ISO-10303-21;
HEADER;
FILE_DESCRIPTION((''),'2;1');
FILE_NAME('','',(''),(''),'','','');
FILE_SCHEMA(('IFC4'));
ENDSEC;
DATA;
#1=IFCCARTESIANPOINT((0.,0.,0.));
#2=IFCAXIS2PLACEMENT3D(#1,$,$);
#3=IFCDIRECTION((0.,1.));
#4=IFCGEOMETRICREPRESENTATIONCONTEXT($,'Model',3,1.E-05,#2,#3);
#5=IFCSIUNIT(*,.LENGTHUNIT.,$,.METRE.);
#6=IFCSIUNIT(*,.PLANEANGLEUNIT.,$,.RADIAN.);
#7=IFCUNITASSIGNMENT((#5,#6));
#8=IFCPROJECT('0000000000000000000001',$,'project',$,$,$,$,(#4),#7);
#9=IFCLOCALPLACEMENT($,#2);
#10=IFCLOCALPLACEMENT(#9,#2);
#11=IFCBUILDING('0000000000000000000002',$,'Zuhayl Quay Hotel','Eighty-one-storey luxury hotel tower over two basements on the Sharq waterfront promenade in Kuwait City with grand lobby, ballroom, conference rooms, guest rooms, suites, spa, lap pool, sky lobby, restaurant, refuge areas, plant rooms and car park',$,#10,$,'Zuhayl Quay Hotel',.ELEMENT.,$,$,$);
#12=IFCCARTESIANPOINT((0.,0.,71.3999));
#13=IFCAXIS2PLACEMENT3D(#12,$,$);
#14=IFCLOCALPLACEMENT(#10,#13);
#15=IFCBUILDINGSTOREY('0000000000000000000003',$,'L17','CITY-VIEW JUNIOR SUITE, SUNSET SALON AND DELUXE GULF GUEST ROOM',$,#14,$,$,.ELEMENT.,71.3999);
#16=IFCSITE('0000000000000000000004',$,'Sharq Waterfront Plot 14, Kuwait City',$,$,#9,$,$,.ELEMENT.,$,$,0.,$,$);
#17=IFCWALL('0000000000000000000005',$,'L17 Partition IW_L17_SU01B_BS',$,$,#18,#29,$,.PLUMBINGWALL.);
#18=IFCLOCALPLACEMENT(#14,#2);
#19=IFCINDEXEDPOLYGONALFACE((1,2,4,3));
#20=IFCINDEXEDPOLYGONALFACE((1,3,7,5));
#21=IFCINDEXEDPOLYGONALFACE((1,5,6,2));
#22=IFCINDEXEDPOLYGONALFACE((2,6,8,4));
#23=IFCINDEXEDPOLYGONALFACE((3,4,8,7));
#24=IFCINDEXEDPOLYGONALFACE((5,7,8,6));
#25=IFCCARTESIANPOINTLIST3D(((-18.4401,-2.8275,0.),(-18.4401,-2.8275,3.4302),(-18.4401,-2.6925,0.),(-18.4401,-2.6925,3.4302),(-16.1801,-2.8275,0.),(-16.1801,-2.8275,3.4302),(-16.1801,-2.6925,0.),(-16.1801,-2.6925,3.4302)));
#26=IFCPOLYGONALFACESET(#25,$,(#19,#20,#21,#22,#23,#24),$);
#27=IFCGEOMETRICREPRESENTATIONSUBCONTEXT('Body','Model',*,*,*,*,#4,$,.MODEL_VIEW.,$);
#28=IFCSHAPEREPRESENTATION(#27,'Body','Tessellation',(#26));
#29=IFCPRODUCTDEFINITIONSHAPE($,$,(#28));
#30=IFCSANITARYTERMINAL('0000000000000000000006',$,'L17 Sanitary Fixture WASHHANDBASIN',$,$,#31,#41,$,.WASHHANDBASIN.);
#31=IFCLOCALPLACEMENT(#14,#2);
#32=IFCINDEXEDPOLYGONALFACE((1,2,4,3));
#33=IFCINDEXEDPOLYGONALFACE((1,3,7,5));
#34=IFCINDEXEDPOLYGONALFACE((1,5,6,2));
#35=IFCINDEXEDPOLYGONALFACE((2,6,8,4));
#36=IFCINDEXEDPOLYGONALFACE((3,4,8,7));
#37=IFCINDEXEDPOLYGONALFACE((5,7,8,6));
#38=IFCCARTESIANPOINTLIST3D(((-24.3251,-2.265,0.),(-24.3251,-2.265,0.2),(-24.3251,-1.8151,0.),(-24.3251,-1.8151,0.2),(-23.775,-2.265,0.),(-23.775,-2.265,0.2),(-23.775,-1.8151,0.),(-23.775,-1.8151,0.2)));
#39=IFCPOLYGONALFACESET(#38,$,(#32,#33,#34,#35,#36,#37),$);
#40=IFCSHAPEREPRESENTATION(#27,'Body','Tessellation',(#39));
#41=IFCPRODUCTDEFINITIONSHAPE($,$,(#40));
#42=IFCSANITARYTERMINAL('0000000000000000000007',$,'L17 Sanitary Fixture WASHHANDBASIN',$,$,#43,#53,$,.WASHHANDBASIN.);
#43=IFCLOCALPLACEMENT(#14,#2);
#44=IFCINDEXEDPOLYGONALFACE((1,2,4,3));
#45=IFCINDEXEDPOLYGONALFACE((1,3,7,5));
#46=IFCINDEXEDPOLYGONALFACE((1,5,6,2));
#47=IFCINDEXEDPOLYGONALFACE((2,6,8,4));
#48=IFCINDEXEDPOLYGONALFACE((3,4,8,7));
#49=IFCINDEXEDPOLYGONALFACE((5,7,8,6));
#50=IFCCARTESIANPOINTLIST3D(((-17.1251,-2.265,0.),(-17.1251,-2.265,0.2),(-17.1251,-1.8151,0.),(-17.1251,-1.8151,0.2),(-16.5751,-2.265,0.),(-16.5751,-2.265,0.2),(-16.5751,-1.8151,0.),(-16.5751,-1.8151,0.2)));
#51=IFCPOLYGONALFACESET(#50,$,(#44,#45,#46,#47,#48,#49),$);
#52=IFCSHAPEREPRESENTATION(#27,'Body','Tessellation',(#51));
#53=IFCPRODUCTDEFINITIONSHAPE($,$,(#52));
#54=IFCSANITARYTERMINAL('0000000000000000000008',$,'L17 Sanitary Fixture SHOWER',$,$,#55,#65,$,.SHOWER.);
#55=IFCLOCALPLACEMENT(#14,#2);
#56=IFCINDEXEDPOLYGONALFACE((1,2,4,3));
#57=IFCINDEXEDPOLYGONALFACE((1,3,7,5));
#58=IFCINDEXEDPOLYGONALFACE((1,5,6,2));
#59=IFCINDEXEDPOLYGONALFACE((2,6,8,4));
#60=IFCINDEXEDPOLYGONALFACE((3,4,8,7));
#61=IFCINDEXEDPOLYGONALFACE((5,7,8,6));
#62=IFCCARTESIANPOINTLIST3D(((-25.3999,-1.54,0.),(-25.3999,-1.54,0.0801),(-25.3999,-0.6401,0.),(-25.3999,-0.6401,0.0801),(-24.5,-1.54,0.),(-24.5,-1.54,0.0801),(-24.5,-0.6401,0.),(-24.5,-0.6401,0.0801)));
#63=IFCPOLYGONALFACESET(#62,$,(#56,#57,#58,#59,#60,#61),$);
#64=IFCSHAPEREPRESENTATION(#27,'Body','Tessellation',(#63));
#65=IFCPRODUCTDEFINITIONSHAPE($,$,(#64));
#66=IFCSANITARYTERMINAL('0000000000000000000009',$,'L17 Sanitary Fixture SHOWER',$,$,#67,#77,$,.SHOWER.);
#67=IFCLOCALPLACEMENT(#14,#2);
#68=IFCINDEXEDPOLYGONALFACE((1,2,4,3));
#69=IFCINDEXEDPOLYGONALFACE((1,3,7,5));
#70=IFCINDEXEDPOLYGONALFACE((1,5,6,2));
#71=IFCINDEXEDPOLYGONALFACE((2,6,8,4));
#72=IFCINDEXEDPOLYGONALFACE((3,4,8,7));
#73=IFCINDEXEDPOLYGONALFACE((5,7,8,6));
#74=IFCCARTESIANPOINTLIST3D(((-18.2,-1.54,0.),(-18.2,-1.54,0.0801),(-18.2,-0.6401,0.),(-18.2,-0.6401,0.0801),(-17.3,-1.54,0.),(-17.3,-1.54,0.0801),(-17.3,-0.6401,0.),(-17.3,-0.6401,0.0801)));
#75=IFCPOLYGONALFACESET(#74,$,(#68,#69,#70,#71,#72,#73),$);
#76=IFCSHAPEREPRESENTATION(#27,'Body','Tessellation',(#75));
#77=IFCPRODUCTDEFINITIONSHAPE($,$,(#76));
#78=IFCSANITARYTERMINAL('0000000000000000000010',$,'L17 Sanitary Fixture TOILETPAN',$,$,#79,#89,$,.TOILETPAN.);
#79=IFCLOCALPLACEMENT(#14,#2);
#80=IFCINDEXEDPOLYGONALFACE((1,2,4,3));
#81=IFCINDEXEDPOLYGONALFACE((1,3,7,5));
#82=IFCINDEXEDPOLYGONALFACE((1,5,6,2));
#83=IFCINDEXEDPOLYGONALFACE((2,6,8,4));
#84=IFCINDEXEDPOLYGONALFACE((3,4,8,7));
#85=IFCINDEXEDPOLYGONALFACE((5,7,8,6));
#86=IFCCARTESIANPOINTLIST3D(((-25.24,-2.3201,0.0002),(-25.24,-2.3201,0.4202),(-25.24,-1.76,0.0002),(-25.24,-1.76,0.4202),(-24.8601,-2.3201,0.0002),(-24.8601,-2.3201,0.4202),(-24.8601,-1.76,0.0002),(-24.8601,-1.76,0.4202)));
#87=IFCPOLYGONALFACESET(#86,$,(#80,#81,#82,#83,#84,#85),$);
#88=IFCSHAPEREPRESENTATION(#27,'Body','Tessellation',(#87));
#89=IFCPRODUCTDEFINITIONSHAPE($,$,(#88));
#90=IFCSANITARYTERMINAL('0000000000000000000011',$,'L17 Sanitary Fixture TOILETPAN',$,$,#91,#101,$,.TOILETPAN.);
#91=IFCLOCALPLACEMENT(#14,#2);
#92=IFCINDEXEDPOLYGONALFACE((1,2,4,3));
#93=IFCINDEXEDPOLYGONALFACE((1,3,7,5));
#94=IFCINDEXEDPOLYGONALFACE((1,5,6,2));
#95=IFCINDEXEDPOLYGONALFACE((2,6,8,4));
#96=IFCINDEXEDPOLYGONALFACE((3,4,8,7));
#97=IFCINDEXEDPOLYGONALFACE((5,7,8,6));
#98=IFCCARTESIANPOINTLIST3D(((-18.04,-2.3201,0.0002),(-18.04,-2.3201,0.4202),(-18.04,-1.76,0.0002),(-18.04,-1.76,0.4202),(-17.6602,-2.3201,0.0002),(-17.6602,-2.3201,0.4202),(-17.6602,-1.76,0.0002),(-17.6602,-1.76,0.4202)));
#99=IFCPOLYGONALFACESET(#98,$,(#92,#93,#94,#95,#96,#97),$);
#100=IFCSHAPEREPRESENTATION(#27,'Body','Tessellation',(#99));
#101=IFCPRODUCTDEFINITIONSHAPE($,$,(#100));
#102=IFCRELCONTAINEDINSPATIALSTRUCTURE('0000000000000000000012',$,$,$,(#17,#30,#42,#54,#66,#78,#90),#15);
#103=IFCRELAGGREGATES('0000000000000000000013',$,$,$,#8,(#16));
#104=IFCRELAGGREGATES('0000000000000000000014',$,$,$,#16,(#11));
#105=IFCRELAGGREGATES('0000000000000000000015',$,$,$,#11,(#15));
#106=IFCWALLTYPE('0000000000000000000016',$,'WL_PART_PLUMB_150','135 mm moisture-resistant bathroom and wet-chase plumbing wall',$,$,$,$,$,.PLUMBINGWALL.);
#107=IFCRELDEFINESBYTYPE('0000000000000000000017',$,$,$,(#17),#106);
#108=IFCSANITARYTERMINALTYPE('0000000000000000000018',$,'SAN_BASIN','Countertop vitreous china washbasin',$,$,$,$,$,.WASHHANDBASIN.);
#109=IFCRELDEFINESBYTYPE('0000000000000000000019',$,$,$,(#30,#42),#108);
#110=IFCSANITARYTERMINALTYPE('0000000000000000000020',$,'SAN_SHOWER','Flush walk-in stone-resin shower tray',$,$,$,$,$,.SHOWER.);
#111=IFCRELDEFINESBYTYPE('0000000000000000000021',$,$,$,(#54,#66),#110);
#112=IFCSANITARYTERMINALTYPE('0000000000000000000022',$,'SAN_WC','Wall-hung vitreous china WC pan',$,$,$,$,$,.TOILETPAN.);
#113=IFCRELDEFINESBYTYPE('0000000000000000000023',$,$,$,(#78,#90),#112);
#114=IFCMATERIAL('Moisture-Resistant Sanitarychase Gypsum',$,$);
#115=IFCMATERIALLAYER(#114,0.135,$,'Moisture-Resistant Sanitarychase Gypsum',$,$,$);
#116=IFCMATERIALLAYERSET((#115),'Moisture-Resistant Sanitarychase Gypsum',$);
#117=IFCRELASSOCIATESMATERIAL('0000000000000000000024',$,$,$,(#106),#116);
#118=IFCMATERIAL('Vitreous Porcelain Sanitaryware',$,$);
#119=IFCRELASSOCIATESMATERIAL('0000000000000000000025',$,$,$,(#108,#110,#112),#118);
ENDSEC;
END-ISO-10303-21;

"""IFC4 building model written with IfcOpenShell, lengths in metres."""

from ifc_helpers import new_model, si_unit, direction, frame, frame_2d, origin, origin_2d, place, context, subcontext, project, spatial, rectangle, extrude, material, layer, layer_set, type_object, element, save


model = new_model("IFC4")

# Units and contexts
model_context = context("Model", 3, precision=1e-05, world=origin(), true_north=direction((0.0, 1.0)))
body_context = subcontext(model_context, "Body", "Model", "MODEL_VIEW")
ifc_project = project(units=[si_unit("LENGTHUNIT", "METRE"), si_unit("PLANEANGLEUNIT", "RADIAN")], contexts=[model_context])

# Site, building, storey
site_placement = place(None, origin())
site = spatial("IfcSite", under=ifc_project, at=site_placement, Name="Sharq Waterfront Plot 14, Kuwait City", CompositionType="ELEMENT", RefElevation=0.0)
building_placement = place(site_placement, origin())
building = spatial("IfcBuilding", under=site, at=building_placement, Name="Zuhayl Quay Hotel", Description="Eighty-one-storey luxury hotel tower over two basements on the Sharq waterfront promenade in Kuwait City with grand lobby, ballroom, conference rooms, guest rooms, suites, spa, lap pool, sky lobby, restaurant, refuge areas, plant rooms and car park", LongName="Zuhayl Quay Hotel", CompositionType="ELEMENT")
storey_placement = place(building_placement, frame((0.0, 0.0, 71.3999)))
storey = spatial("IfcBuildingStorey", under=building, at=storey_placement, Name="L17", Description="CITY-VIEW JUNIOR SUITE, SUNSET SALON AND DELUXE GULF GUEST ROOM", CompositionType="ELEMENT", Elevation=71.3999)

# Shared definitions
ifc_material_1 = material(Name="Moisture-Resistant Sanitarychase Gypsum")
ifc_layer_1 = layer(ifc_material_1, 0.135, Name="Moisture-Resistant Sanitarychase Gypsum")
ifc_layer_set_1 = layer_set([ifc_layer_1], Name="Moisture-Resistant Sanitarychase Gypsum")
wall_type_1 = type_object("IfcWallType", Name="WL_PART_PLUMB_150", Description="135 mm moisture-resistant bathroom and wet-chase plumbing wall", PredefinedType="PLUMBINGWALL", material=ifc_layer_set_1)

# Wall
wall_1_placement = place(storey_placement, frame((-18.4399, -2.76, 0.0), z_axis=(0.0, 0.0, 1.0), x_axis=(1.0, 0.0, 0.0)))
element("IfcWall", 1, at=wall_1_placement, inside=storey, type_object=wall_type_1, Name="L17 Partition IW_L17_SU01B_BS", PredefinedType="PLUMBINGWALL", context=body_context, shape_type="SweptSolid", body=[
    extrude(rectangle(XDim=2.26, YDim=0.135, at=frame_2d((1.1299, 0.0))), origin(), (0.0, 0.0, 1.0), 3.4302),
])

# Sanitary terminals
ifc_material_2 = material(Name="Vitreous Porcelain Sanitaryware")
sanitary_terminal_type_1 = type_object("IfcSanitaryTerminalType", Name="SAN_BASIN", Description="Countertop vitreous china washbasin", PredefinedType="WASHHANDBASIN", material=ifc_material_2)
for number, where, z_axis, x_axis, name in (
    (2, (-24.05, -2.04, 0.0), (0.0, 0.0, 1.0), (1.0, 0.0, 0.0), "L17 Sanitary Fixture WASHHANDBASIN"),
    (3, (-16.8501, -2.04, 0.0), (0.0, 0.0, 1.0), (1.0, 0.0, 0.0), "L17 Sanitary Fixture WASHHANDBASIN"),
):
    element("IfcSanitaryTerminal", number, at=place(storey_placement, frame(where, z_axis=z_axis, x_axis=x_axis)), inside=storey, type_object=sanitary_terminal_type_1, Name=name, PredefinedType="WASHHANDBASIN", context=body_context, shape_type="SweptSolid", body=[
        extrude(rectangle(XDim=0.55, YDim=0.45, at=origin_2d()), origin(), (0.0, 0.0, 1.0), 0.2),
    ])
sanitary_terminal_type_2 = type_object("IfcSanitaryTerminalType", Name="SAN_SHOWER", Description="Flush walk-in stone-resin shower tray", PredefinedType="SHOWER", material=ifc_material_2)
for number, where, z_axis, x_axis, name in (
    (4, (-24.95, -1.0901, 0.0), (0.0, 0.0, 1.0), (1.0, 0.0, 0.0), "L17 Sanitary Fixture SHOWER"),
    (5, (-17.75, -1.0901, 0.0), (0.0, 0.0, 1.0), (1.0, 0.0, 0.0), "L17 Sanitary Fixture SHOWER"),
):
    element("IfcSanitaryTerminal", number, at=place(storey_placement, frame(where, z_axis=z_axis, x_axis=x_axis)), inside=storey, type_object=sanitary_terminal_type_2, Name=name, PredefinedType="SHOWER", context=body_context, shape_type="SweptSolid", body=[
        extrude(rectangle(XDim=0.8999, YDim=0.8999, at=origin_2d()), origin(), (0.0, 0.0, 1.0), 0.0801),
    ])
sanitary_terminal_type_3 = type_object("IfcSanitaryTerminalType", Name="SAN_WC", Description="Wall-hung vitreous china WC pan", PredefinedType="TOILETPAN", material=ifc_material_2)
for number, where, z_axis, x_axis, name in (
    (6, (-25.05, -2.04, 0.0002), (0.0, 0.0, 1.0), (1.0, 0.0, 0.0), "L17 Sanitary Fixture TOILETPAN"),
    (7, (-17.8501, -2.04, 0.0002), (0.0, 0.0, 1.0), (1.0, 0.0, 0.0), "L17 Sanitary Fixture TOILETPAN"),
):
    element("IfcSanitaryTerminal", number, at=place(storey_placement, frame(where, z_axis=z_axis, x_axis=x_axis)), inside=storey, type_object=sanitary_terminal_type_3, Name=name, PredefinedType="TOILETPAN", context=body_context, shape_type="SweptSolid", body=[
        extrude(rectangle(XDim=0.3799, YDim=0.5601, at=origin_2d()), origin(), (0.0, 0.0, 1.0), 0.4199),
    ])

save(model, "model.ifc")
